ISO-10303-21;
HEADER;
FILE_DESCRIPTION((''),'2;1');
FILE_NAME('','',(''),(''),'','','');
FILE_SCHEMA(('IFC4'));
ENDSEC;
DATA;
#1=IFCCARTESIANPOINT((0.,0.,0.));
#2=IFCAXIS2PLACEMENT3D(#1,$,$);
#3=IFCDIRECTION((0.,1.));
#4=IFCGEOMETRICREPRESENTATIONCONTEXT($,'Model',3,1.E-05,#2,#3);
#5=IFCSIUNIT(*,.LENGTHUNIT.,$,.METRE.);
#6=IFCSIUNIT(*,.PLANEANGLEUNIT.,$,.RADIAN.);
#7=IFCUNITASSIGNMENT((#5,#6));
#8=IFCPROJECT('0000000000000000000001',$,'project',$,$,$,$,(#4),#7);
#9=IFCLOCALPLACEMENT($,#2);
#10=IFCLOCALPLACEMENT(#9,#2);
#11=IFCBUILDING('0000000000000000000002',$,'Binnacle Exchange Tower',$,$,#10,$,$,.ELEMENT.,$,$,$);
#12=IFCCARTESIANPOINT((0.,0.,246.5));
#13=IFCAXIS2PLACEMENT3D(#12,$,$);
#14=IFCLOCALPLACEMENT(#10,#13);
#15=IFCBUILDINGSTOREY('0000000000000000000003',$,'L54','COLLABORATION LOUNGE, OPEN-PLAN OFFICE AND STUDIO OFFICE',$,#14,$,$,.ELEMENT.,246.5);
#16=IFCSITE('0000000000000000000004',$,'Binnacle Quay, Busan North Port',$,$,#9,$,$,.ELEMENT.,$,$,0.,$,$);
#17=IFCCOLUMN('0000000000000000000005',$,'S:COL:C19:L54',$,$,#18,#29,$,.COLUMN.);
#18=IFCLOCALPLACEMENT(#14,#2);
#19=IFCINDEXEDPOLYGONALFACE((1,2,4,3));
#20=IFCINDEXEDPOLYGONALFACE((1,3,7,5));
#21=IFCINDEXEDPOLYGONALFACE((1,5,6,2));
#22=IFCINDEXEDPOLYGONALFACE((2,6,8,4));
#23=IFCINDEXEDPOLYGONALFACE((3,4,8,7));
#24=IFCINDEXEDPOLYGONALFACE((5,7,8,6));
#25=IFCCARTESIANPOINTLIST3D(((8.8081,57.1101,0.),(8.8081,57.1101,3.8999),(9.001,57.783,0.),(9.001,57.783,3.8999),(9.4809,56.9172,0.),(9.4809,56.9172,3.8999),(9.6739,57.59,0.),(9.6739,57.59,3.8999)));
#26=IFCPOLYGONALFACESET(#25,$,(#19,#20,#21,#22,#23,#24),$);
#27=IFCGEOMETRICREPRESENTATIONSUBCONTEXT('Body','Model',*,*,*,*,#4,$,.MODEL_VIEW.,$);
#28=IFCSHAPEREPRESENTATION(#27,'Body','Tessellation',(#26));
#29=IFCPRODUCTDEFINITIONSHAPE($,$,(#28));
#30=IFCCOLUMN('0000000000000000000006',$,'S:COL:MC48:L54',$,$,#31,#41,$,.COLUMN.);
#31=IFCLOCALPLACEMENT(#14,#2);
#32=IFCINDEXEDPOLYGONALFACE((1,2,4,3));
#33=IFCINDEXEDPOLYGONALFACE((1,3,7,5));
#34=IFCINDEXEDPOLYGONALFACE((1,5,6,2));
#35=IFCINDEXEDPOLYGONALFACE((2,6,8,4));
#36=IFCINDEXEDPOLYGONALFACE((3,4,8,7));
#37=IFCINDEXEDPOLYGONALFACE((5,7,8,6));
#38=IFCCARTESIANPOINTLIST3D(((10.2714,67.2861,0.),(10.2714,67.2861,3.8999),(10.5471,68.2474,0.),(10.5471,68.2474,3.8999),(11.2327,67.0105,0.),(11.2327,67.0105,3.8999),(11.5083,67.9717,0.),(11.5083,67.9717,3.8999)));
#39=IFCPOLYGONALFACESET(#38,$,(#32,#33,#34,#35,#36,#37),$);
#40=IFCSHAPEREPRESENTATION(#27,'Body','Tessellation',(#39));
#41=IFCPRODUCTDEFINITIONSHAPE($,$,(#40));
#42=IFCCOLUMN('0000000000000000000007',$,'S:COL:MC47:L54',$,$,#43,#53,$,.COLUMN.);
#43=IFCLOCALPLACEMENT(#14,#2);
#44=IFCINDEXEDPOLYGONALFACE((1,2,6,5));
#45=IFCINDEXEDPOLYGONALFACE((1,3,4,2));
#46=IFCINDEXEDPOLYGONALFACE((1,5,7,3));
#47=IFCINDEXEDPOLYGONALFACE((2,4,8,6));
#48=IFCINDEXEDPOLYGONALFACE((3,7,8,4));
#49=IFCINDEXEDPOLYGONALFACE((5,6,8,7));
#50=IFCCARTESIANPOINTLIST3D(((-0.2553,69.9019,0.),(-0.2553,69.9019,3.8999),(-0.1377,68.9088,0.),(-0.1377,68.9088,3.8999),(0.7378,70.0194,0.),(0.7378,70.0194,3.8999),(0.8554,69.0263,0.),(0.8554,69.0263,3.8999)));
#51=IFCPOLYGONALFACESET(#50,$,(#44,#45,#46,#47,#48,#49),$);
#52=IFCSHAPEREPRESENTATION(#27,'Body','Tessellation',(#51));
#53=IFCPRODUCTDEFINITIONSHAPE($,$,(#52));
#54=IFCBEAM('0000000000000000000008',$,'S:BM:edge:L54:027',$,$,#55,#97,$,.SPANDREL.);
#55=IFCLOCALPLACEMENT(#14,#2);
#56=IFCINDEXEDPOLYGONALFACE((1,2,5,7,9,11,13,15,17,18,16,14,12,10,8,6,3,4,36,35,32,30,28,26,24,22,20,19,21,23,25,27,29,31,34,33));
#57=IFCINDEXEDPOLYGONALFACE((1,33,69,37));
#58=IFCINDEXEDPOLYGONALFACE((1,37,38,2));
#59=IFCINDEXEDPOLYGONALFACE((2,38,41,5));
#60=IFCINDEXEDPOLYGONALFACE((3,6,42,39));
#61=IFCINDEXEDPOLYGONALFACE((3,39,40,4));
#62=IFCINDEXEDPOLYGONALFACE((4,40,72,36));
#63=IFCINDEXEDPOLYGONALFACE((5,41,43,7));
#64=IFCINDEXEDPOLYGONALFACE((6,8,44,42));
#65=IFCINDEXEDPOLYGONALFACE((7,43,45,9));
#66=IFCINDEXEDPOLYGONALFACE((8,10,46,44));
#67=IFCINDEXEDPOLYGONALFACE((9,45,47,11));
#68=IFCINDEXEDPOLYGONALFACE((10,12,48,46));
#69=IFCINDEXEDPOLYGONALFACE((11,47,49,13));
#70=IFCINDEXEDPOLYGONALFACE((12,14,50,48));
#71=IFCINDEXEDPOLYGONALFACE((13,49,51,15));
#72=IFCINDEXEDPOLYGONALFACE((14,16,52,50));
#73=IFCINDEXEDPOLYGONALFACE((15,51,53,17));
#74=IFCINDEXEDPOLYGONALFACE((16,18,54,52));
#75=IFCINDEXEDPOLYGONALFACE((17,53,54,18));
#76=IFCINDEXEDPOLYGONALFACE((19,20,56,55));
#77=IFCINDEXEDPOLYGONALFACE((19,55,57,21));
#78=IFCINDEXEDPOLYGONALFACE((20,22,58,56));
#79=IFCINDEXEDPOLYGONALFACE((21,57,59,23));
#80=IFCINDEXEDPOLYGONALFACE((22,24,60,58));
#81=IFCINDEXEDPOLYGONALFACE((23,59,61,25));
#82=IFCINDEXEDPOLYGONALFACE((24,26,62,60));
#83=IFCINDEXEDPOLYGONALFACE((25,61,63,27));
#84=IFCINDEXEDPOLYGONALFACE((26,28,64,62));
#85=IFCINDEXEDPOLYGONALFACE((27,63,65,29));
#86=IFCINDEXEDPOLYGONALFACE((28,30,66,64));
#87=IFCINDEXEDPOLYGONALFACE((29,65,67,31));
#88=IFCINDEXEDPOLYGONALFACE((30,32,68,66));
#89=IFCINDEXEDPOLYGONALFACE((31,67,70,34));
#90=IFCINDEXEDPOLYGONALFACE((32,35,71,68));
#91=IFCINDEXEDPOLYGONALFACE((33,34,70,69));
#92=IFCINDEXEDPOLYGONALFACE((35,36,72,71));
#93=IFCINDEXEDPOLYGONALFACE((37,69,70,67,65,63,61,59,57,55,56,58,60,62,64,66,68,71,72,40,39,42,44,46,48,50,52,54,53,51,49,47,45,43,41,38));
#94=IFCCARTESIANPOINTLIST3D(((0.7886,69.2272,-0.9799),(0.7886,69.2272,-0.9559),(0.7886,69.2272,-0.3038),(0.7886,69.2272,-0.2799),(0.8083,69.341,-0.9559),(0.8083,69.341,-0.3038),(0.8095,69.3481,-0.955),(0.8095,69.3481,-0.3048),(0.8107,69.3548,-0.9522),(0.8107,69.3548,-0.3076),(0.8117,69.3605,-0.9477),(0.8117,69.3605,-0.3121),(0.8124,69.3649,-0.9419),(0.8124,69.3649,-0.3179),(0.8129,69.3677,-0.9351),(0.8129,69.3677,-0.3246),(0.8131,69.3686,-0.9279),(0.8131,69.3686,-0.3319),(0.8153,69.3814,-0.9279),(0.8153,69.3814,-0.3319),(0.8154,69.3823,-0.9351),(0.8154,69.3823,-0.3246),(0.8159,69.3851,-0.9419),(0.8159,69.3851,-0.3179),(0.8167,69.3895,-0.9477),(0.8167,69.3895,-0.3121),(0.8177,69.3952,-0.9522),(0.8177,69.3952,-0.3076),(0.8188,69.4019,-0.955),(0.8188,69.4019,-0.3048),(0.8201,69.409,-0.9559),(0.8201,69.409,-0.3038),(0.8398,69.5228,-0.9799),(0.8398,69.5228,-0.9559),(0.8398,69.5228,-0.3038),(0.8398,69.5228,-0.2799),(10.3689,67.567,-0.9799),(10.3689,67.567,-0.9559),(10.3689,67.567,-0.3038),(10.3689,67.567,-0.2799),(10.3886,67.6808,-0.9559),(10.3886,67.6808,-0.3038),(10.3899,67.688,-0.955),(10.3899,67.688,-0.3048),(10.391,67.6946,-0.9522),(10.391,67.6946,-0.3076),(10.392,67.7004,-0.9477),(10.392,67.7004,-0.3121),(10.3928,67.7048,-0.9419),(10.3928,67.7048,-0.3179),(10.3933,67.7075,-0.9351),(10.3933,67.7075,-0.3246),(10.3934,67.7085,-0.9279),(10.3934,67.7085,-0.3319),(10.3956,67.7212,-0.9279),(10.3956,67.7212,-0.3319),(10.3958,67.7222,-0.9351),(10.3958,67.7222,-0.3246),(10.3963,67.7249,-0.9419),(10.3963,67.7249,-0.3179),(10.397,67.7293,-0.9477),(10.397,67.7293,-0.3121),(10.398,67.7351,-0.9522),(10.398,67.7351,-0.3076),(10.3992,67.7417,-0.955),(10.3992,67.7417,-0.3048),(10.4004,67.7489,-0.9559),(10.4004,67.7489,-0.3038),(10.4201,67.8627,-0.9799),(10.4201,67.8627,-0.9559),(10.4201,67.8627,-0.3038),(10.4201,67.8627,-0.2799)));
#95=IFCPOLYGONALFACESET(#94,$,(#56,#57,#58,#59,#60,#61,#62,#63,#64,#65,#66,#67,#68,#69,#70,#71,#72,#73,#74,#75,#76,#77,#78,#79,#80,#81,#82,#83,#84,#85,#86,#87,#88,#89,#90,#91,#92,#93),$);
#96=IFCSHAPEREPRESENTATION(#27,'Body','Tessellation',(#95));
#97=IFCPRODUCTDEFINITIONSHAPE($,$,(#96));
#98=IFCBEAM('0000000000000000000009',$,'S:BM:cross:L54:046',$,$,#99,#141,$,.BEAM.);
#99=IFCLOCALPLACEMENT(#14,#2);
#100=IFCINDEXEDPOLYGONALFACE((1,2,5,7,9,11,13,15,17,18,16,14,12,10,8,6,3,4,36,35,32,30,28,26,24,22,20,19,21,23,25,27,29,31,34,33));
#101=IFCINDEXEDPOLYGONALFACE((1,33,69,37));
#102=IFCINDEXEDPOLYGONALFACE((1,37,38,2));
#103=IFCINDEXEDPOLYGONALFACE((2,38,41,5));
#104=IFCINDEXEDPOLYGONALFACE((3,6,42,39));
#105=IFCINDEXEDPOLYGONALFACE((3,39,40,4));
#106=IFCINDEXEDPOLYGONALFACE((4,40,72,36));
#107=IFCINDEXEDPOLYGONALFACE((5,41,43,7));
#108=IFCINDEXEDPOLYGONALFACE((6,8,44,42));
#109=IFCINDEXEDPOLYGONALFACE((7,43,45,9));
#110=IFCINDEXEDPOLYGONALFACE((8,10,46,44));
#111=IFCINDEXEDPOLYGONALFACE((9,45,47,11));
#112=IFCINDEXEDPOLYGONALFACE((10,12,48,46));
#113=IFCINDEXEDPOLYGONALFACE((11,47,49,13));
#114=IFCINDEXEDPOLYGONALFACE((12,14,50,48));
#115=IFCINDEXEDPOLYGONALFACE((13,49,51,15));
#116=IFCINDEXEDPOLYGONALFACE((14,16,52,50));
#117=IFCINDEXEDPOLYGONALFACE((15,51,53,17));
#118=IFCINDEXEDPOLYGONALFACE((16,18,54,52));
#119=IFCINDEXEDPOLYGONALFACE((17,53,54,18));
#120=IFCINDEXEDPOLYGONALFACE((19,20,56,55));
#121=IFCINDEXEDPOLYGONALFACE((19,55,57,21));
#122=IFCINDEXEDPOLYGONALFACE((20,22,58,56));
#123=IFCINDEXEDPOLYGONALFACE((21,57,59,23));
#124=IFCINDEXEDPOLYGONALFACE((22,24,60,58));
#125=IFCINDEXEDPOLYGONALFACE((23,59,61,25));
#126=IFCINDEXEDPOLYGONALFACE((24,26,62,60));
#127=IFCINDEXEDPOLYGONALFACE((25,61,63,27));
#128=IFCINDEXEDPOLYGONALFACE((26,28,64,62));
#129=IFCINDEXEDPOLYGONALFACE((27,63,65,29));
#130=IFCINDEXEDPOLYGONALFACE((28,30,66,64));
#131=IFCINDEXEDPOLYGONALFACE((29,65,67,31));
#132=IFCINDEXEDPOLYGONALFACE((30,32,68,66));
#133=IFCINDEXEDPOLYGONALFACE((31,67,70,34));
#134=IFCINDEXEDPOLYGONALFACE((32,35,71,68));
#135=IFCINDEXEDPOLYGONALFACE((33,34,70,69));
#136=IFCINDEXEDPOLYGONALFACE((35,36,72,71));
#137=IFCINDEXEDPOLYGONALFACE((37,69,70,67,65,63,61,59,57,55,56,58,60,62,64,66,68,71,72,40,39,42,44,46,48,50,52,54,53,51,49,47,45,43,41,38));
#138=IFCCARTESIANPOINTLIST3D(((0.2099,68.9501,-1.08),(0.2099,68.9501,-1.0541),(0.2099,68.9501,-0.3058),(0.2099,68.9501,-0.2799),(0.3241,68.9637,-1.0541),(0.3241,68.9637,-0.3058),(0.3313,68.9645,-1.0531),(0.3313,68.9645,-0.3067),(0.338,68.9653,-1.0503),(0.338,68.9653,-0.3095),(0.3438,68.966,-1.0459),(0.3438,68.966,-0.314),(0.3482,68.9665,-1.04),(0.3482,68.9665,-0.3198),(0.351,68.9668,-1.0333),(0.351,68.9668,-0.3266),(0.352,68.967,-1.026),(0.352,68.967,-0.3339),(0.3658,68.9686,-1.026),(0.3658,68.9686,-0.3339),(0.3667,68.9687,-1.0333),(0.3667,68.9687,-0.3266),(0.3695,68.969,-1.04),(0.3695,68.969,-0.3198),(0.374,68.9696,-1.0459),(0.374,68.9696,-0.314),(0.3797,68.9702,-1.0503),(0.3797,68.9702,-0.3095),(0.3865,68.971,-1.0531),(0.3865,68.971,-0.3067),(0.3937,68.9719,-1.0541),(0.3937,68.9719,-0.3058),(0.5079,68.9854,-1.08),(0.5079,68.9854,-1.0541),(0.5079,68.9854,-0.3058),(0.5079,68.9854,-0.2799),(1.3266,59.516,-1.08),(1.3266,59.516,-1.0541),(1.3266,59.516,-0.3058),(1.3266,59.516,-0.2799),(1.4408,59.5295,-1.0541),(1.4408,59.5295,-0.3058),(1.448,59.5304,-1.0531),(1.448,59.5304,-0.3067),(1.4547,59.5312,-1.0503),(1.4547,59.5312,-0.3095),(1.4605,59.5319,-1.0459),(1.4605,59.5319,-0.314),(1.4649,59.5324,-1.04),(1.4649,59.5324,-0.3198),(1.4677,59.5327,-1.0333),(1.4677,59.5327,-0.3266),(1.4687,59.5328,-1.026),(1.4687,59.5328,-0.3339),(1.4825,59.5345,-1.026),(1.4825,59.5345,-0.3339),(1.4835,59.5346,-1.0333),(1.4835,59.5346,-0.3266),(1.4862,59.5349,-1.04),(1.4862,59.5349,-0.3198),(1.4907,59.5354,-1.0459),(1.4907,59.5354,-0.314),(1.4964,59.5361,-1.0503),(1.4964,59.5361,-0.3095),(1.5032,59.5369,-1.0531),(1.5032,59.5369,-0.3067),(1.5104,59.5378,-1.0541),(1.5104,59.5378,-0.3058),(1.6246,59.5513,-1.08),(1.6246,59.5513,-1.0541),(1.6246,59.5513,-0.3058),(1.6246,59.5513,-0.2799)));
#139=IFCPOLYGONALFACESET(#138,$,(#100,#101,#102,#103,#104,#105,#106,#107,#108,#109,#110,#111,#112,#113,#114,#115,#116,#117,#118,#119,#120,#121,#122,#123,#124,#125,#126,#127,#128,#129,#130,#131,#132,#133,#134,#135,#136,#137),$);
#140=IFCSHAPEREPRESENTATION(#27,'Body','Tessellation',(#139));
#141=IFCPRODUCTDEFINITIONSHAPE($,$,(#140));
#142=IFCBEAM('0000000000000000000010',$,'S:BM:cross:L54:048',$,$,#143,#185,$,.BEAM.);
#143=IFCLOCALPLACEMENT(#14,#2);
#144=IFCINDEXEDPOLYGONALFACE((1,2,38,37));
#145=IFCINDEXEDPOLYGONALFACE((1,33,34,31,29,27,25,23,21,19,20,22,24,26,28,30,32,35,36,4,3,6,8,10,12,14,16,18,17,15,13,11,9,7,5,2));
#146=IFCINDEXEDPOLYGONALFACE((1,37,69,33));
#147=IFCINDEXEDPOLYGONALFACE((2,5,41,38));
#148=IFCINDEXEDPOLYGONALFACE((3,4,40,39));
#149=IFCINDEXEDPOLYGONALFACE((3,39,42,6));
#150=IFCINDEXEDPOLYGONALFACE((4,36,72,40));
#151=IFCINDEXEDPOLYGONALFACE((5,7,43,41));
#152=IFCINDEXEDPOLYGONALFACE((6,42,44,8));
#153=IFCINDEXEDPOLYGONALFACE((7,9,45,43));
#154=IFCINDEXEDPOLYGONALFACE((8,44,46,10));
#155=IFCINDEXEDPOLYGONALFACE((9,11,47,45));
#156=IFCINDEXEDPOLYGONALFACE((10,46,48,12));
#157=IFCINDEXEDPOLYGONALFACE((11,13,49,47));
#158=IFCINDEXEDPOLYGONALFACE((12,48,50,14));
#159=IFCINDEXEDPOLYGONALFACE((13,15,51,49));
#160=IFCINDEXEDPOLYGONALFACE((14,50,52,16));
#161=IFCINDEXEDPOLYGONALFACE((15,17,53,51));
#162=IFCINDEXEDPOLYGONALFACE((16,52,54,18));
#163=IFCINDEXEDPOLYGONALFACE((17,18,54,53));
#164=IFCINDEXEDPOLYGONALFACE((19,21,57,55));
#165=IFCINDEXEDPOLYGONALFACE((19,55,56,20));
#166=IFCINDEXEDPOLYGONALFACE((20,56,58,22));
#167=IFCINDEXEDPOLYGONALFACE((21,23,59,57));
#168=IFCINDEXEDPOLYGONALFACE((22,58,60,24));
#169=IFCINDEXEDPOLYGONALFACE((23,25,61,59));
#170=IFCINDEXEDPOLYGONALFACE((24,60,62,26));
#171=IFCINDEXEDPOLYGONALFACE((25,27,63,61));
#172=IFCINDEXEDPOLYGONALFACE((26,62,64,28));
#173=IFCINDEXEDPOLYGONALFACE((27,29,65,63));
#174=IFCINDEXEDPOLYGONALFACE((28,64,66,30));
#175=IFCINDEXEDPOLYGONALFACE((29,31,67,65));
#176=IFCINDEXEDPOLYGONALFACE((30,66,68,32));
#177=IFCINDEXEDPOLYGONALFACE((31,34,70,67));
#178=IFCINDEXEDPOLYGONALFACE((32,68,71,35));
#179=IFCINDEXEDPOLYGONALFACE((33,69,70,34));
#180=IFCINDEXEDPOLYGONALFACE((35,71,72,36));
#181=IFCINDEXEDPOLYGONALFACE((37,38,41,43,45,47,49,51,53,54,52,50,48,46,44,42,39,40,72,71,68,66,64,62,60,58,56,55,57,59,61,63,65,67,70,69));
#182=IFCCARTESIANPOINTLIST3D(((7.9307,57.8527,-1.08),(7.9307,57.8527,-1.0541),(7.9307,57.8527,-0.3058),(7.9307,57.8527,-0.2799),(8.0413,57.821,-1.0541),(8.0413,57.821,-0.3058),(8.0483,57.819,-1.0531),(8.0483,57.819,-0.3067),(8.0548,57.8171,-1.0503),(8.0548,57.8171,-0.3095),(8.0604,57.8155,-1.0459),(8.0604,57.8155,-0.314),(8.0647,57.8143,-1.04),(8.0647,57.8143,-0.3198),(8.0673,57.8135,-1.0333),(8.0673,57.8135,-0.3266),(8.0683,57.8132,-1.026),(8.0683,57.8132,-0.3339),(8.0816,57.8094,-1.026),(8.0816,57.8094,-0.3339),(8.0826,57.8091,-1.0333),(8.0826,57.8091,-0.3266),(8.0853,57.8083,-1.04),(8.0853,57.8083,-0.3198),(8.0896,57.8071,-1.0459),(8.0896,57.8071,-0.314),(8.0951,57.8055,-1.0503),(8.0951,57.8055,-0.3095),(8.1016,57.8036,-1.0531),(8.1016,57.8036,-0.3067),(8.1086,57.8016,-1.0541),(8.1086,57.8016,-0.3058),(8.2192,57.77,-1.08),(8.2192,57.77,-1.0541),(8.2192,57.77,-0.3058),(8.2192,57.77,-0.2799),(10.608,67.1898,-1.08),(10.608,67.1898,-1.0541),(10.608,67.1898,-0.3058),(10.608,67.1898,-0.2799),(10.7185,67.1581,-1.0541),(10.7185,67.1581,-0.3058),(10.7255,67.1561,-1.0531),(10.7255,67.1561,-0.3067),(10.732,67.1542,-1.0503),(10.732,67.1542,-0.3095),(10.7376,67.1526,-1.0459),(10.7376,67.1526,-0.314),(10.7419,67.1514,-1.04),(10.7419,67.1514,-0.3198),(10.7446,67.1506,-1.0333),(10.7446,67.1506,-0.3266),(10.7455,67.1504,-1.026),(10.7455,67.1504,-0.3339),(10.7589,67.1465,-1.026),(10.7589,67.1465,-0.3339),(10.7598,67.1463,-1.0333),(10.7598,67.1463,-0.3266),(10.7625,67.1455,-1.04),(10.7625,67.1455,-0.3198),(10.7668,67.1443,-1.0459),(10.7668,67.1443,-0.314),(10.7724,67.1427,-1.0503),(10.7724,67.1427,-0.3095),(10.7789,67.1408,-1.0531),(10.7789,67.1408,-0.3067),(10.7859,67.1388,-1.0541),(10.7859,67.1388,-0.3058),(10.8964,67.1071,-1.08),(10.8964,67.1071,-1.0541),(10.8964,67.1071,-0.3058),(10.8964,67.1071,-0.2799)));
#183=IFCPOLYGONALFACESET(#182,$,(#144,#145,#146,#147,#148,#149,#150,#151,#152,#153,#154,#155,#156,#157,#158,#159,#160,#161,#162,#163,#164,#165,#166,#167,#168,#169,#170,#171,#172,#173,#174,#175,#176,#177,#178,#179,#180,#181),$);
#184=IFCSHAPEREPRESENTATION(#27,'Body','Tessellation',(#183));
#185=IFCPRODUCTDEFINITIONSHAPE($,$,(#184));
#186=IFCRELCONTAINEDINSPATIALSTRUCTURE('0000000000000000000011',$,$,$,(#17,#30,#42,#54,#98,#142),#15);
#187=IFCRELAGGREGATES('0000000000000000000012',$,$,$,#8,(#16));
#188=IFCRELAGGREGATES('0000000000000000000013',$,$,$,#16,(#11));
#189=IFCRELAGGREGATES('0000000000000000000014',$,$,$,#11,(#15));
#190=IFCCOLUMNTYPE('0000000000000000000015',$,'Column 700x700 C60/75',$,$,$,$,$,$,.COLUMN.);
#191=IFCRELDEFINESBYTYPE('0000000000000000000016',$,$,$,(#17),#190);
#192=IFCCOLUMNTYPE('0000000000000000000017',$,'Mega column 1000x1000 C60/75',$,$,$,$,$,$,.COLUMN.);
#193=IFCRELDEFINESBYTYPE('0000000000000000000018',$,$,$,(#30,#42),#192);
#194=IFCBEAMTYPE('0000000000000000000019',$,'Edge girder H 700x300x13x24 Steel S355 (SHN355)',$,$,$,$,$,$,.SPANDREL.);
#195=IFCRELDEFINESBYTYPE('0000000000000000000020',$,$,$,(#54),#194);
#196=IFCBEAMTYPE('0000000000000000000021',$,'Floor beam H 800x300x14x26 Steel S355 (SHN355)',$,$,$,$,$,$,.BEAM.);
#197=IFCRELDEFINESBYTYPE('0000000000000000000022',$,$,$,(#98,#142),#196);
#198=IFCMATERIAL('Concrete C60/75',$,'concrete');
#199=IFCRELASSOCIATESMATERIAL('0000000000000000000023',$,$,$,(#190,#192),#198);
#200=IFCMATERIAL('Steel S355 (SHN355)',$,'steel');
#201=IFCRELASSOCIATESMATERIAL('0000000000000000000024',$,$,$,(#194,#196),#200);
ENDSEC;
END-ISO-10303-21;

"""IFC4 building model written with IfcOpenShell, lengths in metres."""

from ifc_helpers import new_model, si_unit, direction, frame, origin, origin_2d, place, context, subcontext, project, spatial, rectangle, i_section, extrude, material, material_profile, profile_set, type_object, element, save


model = new_model("IFC4")

# Units and contexts
model_context = context("Model", 3, precision=1e-05, world=origin(), true_north=direction((0.0, 1.0)))
body_context = subcontext(model_context, "Body", "Model", "MODEL_VIEW")
ifc_project = project(units=[si_unit("LENGTHUNIT", "METRE"), si_unit("PLANEANGLEUNIT", "RADIAN")], contexts=[model_context])

# Site, building, storey
site_placement = place(None, origin())
site = spatial("IfcSite", under=ifc_project, at=site_placement, Name="Binnacle Quay, Busan North Port", CompositionType="ELEMENT", RefElevation=0.0)
building_placement = place(site_placement, origin())
building = spatial("IfcBuilding", under=site, at=building_placement, Name="Binnacle Exchange Tower", CompositionType="ELEMENT")
storey_placement = place(building_placement, frame((0.0, 0.0, 246.5)))
storey = spatial("IfcBuildingStorey", under=building, at=storey_placement, Name="L54", Description="COLLABORATION LOUNGE, OPEN-PLAN OFFICE AND STUDIO OFFICE", CompositionType="ELEMENT", Elevation=246.5)

# Columns
ifc_material_1 = material(Name="Concrete C60/75", Category="concrete")
ifc_material_profile_1 = material_profile(ifc_material_1, rectangle(XDim=0.7, YDim=0.7, at=origin_2d()), Name="Column 700x700 C60/75")
ifc_profile_set_1 = profile_set([ifc_material_profile_1], Name="Concrete C60/75")
column_type_1 = type_object("IfcColumnType", Name="Column 700x700 C60/75", PredefinedType="COLUMN", material=ifc_profile_set_1)
column_placement = place(storey_placement, frame((9.241, 57.3501, 0.0), z_axis=(0.0, 0.0, 1.0), x_axis=(0.961262, -0.275637, 0.0)))
element("IfcColumn", 1, at=column_placement, inside=storey, type_object=column_type_1, Name="S:COL:C19:L54", PredefinedType="COLUMN", context=body_context, shape_type="SweptSolid", body=[
    extrude(rectangle(XDim=0.7, YDim=0.7, at=origin_2d()), origin(), (0.0, 0.0, 1.0), 3.8999),
])
ifc_material_profile_2 = material_profile(ifc_material_1, rectangle(XDim=1.0, YDim=1.0, at=origin_2d()), Name="Mega column 1000x1000 C60/75")
ifc_profile_set_2 = profile_set([ifc_material_profile_2], Name="Concrete C60/75")
column_type_2 = type_object("IfcColumnType", Name="Mega column 1000x1000 C60/75", PredefinedType="COLUMN", material=ifc_profile_set_2)
for number, where, z_axis, x_axis, name in (
    (2, (10.8899, 67.6289, 0.0), (0.0, 0.0, 1.0), (-0.961262, 0.275637, 0.0), "S:COL:MC48:L54"),
    (3, (0.3, 69.4641, 0.0), (0.0, 0.0, 1.0), (-0.993068, -0.117537, 0.0), "S:COL:MC47:L54"),
):
    element("IfcColumn", number, at=place(storey_placement, frame(where, z_axis=z_axis, x_axis=x_axis)), inside=storey, type_object=column_type_2, Name=name, PredefinedType="COLUMN", context=body_context, shape_type="SweptSolid", body=[
        extrude(rectangle(XDim=1.0, YDim=1.0, at=origin_2d()), origin(), (0.0, 0.0, 1.0), 3.8999),
    ])

# Beams
ifc_material_2 = material(Name="Steel S355 (SHN355)", Category="steel")
ifc_material_profile_3 = material_profile(ifc_material_2, i_section(OverallWidth=0.3, OverallDepth=0.7, WebThickness=0.0129, FlangeThickness=0.0239, FilletRadius=0.0281, at=origin_2d()), Name="H 700x300x13x24")
ifc_profile_set_3 = profile_set([ifc_material_profile_3], Name="Steel S355 (SHN355)")
beam_type_1 = type_object("IfcBeamType", Name="Edge girder H 700x300x13x24 Steel S355 (SHN355)", PredefinedType="SPANDREL", material=ifc_profile_set_3)
beam_1_placement = place(storey_placement, frame((10.3945, 67.7148, -0.6299), z_axis=(-0.985316, 0.170743, 0.0), x_axis=(-0.170743, -0.985316, 0.0)))
element("IfcBeam", 4, at=beam_1_placement, inside=storey, type_object=beam_type_1, Name="S:BM:edge:L54:027", PredefinedType="SPANDREL", context=body_context, shape_type="SweptSolid", body=[
    extrude(i_section(OverallWidth=0.3, OverallDepth=0.7, WebThickness=0.0129, FlangeThickness=0.0239, FilletRadius=0.0281, at=origin_2d()), origin(), (0.0, 0.0, 1.0), 9.7231),
])
ifc_material_profile_4 = material_profile(ifc_material_2, i_section(OverallWidth=0.3, OverallDepth=0.8, WebThickness=0.0139, FlangeThickness=0.0259, FilletRadius=0.0281, at=origin_2d()), Name="H 800x300x14x26")
ifc_profile_set_4 = profile_set([ifc_material_profile_4], Name="Steel S355 (SHN355)")
beam_type_2 = type_object("IfcBeamType", Name="Floor beam H 800x300x14x26 Steel S355 (SHN355)", PredefinedType="BEAM", material=ifc_profile_set_4)
beam_2_placement = place(storey_placement, frame((0.3589, 68.9678, -0.6799), z_axis=(0.117548, -0.993067, 0.0), x_axis=(0.993067, 0.117548, 0.0)))
element("IfcBeam", 5, at=beam_2_placement, inside=storey, type_object=beam_type_2, Name="S:BM:cross:L54:046", PredefinedType="BEAM", context=body_context, shape_type="SweptSolid", body=[
    extrude(i_section(OverallWidth=0.3, OverallDepth=0.8, WebThickness=0.0139, FlangeThickness=0.0259, FilletRadius=0.0281, at=origin_2d()), origin(), (0.0, 0.0, 1.0), 9.5),
])
beam_3_placement = place(storey_placement, frame((10.7522, 67.1484, -0.6799), z_axis=(-0.275624, -0.961266, 0.0), x_axis=(0.961266, -0.275624, 0.0)))
element("IfcBeam", 6, at=beam_3_placement, inside=storey, type_object=beam_type_2, Name="S:BM:cross:L54:048", PredefinedType="BEAM", context=body_context, shape_type="SweptSolid", body=[
    extrude(i_section(OverallWidth=0.3, OverallDepth=0.8, WebThickness=0.0139, FlangeThickness=0.0259, FilletRadius=0.0281, at=origin_2d()), origin(), (0.0, 0.0, 1.0), 9.7134),
])

save(model, "model.ifc")
